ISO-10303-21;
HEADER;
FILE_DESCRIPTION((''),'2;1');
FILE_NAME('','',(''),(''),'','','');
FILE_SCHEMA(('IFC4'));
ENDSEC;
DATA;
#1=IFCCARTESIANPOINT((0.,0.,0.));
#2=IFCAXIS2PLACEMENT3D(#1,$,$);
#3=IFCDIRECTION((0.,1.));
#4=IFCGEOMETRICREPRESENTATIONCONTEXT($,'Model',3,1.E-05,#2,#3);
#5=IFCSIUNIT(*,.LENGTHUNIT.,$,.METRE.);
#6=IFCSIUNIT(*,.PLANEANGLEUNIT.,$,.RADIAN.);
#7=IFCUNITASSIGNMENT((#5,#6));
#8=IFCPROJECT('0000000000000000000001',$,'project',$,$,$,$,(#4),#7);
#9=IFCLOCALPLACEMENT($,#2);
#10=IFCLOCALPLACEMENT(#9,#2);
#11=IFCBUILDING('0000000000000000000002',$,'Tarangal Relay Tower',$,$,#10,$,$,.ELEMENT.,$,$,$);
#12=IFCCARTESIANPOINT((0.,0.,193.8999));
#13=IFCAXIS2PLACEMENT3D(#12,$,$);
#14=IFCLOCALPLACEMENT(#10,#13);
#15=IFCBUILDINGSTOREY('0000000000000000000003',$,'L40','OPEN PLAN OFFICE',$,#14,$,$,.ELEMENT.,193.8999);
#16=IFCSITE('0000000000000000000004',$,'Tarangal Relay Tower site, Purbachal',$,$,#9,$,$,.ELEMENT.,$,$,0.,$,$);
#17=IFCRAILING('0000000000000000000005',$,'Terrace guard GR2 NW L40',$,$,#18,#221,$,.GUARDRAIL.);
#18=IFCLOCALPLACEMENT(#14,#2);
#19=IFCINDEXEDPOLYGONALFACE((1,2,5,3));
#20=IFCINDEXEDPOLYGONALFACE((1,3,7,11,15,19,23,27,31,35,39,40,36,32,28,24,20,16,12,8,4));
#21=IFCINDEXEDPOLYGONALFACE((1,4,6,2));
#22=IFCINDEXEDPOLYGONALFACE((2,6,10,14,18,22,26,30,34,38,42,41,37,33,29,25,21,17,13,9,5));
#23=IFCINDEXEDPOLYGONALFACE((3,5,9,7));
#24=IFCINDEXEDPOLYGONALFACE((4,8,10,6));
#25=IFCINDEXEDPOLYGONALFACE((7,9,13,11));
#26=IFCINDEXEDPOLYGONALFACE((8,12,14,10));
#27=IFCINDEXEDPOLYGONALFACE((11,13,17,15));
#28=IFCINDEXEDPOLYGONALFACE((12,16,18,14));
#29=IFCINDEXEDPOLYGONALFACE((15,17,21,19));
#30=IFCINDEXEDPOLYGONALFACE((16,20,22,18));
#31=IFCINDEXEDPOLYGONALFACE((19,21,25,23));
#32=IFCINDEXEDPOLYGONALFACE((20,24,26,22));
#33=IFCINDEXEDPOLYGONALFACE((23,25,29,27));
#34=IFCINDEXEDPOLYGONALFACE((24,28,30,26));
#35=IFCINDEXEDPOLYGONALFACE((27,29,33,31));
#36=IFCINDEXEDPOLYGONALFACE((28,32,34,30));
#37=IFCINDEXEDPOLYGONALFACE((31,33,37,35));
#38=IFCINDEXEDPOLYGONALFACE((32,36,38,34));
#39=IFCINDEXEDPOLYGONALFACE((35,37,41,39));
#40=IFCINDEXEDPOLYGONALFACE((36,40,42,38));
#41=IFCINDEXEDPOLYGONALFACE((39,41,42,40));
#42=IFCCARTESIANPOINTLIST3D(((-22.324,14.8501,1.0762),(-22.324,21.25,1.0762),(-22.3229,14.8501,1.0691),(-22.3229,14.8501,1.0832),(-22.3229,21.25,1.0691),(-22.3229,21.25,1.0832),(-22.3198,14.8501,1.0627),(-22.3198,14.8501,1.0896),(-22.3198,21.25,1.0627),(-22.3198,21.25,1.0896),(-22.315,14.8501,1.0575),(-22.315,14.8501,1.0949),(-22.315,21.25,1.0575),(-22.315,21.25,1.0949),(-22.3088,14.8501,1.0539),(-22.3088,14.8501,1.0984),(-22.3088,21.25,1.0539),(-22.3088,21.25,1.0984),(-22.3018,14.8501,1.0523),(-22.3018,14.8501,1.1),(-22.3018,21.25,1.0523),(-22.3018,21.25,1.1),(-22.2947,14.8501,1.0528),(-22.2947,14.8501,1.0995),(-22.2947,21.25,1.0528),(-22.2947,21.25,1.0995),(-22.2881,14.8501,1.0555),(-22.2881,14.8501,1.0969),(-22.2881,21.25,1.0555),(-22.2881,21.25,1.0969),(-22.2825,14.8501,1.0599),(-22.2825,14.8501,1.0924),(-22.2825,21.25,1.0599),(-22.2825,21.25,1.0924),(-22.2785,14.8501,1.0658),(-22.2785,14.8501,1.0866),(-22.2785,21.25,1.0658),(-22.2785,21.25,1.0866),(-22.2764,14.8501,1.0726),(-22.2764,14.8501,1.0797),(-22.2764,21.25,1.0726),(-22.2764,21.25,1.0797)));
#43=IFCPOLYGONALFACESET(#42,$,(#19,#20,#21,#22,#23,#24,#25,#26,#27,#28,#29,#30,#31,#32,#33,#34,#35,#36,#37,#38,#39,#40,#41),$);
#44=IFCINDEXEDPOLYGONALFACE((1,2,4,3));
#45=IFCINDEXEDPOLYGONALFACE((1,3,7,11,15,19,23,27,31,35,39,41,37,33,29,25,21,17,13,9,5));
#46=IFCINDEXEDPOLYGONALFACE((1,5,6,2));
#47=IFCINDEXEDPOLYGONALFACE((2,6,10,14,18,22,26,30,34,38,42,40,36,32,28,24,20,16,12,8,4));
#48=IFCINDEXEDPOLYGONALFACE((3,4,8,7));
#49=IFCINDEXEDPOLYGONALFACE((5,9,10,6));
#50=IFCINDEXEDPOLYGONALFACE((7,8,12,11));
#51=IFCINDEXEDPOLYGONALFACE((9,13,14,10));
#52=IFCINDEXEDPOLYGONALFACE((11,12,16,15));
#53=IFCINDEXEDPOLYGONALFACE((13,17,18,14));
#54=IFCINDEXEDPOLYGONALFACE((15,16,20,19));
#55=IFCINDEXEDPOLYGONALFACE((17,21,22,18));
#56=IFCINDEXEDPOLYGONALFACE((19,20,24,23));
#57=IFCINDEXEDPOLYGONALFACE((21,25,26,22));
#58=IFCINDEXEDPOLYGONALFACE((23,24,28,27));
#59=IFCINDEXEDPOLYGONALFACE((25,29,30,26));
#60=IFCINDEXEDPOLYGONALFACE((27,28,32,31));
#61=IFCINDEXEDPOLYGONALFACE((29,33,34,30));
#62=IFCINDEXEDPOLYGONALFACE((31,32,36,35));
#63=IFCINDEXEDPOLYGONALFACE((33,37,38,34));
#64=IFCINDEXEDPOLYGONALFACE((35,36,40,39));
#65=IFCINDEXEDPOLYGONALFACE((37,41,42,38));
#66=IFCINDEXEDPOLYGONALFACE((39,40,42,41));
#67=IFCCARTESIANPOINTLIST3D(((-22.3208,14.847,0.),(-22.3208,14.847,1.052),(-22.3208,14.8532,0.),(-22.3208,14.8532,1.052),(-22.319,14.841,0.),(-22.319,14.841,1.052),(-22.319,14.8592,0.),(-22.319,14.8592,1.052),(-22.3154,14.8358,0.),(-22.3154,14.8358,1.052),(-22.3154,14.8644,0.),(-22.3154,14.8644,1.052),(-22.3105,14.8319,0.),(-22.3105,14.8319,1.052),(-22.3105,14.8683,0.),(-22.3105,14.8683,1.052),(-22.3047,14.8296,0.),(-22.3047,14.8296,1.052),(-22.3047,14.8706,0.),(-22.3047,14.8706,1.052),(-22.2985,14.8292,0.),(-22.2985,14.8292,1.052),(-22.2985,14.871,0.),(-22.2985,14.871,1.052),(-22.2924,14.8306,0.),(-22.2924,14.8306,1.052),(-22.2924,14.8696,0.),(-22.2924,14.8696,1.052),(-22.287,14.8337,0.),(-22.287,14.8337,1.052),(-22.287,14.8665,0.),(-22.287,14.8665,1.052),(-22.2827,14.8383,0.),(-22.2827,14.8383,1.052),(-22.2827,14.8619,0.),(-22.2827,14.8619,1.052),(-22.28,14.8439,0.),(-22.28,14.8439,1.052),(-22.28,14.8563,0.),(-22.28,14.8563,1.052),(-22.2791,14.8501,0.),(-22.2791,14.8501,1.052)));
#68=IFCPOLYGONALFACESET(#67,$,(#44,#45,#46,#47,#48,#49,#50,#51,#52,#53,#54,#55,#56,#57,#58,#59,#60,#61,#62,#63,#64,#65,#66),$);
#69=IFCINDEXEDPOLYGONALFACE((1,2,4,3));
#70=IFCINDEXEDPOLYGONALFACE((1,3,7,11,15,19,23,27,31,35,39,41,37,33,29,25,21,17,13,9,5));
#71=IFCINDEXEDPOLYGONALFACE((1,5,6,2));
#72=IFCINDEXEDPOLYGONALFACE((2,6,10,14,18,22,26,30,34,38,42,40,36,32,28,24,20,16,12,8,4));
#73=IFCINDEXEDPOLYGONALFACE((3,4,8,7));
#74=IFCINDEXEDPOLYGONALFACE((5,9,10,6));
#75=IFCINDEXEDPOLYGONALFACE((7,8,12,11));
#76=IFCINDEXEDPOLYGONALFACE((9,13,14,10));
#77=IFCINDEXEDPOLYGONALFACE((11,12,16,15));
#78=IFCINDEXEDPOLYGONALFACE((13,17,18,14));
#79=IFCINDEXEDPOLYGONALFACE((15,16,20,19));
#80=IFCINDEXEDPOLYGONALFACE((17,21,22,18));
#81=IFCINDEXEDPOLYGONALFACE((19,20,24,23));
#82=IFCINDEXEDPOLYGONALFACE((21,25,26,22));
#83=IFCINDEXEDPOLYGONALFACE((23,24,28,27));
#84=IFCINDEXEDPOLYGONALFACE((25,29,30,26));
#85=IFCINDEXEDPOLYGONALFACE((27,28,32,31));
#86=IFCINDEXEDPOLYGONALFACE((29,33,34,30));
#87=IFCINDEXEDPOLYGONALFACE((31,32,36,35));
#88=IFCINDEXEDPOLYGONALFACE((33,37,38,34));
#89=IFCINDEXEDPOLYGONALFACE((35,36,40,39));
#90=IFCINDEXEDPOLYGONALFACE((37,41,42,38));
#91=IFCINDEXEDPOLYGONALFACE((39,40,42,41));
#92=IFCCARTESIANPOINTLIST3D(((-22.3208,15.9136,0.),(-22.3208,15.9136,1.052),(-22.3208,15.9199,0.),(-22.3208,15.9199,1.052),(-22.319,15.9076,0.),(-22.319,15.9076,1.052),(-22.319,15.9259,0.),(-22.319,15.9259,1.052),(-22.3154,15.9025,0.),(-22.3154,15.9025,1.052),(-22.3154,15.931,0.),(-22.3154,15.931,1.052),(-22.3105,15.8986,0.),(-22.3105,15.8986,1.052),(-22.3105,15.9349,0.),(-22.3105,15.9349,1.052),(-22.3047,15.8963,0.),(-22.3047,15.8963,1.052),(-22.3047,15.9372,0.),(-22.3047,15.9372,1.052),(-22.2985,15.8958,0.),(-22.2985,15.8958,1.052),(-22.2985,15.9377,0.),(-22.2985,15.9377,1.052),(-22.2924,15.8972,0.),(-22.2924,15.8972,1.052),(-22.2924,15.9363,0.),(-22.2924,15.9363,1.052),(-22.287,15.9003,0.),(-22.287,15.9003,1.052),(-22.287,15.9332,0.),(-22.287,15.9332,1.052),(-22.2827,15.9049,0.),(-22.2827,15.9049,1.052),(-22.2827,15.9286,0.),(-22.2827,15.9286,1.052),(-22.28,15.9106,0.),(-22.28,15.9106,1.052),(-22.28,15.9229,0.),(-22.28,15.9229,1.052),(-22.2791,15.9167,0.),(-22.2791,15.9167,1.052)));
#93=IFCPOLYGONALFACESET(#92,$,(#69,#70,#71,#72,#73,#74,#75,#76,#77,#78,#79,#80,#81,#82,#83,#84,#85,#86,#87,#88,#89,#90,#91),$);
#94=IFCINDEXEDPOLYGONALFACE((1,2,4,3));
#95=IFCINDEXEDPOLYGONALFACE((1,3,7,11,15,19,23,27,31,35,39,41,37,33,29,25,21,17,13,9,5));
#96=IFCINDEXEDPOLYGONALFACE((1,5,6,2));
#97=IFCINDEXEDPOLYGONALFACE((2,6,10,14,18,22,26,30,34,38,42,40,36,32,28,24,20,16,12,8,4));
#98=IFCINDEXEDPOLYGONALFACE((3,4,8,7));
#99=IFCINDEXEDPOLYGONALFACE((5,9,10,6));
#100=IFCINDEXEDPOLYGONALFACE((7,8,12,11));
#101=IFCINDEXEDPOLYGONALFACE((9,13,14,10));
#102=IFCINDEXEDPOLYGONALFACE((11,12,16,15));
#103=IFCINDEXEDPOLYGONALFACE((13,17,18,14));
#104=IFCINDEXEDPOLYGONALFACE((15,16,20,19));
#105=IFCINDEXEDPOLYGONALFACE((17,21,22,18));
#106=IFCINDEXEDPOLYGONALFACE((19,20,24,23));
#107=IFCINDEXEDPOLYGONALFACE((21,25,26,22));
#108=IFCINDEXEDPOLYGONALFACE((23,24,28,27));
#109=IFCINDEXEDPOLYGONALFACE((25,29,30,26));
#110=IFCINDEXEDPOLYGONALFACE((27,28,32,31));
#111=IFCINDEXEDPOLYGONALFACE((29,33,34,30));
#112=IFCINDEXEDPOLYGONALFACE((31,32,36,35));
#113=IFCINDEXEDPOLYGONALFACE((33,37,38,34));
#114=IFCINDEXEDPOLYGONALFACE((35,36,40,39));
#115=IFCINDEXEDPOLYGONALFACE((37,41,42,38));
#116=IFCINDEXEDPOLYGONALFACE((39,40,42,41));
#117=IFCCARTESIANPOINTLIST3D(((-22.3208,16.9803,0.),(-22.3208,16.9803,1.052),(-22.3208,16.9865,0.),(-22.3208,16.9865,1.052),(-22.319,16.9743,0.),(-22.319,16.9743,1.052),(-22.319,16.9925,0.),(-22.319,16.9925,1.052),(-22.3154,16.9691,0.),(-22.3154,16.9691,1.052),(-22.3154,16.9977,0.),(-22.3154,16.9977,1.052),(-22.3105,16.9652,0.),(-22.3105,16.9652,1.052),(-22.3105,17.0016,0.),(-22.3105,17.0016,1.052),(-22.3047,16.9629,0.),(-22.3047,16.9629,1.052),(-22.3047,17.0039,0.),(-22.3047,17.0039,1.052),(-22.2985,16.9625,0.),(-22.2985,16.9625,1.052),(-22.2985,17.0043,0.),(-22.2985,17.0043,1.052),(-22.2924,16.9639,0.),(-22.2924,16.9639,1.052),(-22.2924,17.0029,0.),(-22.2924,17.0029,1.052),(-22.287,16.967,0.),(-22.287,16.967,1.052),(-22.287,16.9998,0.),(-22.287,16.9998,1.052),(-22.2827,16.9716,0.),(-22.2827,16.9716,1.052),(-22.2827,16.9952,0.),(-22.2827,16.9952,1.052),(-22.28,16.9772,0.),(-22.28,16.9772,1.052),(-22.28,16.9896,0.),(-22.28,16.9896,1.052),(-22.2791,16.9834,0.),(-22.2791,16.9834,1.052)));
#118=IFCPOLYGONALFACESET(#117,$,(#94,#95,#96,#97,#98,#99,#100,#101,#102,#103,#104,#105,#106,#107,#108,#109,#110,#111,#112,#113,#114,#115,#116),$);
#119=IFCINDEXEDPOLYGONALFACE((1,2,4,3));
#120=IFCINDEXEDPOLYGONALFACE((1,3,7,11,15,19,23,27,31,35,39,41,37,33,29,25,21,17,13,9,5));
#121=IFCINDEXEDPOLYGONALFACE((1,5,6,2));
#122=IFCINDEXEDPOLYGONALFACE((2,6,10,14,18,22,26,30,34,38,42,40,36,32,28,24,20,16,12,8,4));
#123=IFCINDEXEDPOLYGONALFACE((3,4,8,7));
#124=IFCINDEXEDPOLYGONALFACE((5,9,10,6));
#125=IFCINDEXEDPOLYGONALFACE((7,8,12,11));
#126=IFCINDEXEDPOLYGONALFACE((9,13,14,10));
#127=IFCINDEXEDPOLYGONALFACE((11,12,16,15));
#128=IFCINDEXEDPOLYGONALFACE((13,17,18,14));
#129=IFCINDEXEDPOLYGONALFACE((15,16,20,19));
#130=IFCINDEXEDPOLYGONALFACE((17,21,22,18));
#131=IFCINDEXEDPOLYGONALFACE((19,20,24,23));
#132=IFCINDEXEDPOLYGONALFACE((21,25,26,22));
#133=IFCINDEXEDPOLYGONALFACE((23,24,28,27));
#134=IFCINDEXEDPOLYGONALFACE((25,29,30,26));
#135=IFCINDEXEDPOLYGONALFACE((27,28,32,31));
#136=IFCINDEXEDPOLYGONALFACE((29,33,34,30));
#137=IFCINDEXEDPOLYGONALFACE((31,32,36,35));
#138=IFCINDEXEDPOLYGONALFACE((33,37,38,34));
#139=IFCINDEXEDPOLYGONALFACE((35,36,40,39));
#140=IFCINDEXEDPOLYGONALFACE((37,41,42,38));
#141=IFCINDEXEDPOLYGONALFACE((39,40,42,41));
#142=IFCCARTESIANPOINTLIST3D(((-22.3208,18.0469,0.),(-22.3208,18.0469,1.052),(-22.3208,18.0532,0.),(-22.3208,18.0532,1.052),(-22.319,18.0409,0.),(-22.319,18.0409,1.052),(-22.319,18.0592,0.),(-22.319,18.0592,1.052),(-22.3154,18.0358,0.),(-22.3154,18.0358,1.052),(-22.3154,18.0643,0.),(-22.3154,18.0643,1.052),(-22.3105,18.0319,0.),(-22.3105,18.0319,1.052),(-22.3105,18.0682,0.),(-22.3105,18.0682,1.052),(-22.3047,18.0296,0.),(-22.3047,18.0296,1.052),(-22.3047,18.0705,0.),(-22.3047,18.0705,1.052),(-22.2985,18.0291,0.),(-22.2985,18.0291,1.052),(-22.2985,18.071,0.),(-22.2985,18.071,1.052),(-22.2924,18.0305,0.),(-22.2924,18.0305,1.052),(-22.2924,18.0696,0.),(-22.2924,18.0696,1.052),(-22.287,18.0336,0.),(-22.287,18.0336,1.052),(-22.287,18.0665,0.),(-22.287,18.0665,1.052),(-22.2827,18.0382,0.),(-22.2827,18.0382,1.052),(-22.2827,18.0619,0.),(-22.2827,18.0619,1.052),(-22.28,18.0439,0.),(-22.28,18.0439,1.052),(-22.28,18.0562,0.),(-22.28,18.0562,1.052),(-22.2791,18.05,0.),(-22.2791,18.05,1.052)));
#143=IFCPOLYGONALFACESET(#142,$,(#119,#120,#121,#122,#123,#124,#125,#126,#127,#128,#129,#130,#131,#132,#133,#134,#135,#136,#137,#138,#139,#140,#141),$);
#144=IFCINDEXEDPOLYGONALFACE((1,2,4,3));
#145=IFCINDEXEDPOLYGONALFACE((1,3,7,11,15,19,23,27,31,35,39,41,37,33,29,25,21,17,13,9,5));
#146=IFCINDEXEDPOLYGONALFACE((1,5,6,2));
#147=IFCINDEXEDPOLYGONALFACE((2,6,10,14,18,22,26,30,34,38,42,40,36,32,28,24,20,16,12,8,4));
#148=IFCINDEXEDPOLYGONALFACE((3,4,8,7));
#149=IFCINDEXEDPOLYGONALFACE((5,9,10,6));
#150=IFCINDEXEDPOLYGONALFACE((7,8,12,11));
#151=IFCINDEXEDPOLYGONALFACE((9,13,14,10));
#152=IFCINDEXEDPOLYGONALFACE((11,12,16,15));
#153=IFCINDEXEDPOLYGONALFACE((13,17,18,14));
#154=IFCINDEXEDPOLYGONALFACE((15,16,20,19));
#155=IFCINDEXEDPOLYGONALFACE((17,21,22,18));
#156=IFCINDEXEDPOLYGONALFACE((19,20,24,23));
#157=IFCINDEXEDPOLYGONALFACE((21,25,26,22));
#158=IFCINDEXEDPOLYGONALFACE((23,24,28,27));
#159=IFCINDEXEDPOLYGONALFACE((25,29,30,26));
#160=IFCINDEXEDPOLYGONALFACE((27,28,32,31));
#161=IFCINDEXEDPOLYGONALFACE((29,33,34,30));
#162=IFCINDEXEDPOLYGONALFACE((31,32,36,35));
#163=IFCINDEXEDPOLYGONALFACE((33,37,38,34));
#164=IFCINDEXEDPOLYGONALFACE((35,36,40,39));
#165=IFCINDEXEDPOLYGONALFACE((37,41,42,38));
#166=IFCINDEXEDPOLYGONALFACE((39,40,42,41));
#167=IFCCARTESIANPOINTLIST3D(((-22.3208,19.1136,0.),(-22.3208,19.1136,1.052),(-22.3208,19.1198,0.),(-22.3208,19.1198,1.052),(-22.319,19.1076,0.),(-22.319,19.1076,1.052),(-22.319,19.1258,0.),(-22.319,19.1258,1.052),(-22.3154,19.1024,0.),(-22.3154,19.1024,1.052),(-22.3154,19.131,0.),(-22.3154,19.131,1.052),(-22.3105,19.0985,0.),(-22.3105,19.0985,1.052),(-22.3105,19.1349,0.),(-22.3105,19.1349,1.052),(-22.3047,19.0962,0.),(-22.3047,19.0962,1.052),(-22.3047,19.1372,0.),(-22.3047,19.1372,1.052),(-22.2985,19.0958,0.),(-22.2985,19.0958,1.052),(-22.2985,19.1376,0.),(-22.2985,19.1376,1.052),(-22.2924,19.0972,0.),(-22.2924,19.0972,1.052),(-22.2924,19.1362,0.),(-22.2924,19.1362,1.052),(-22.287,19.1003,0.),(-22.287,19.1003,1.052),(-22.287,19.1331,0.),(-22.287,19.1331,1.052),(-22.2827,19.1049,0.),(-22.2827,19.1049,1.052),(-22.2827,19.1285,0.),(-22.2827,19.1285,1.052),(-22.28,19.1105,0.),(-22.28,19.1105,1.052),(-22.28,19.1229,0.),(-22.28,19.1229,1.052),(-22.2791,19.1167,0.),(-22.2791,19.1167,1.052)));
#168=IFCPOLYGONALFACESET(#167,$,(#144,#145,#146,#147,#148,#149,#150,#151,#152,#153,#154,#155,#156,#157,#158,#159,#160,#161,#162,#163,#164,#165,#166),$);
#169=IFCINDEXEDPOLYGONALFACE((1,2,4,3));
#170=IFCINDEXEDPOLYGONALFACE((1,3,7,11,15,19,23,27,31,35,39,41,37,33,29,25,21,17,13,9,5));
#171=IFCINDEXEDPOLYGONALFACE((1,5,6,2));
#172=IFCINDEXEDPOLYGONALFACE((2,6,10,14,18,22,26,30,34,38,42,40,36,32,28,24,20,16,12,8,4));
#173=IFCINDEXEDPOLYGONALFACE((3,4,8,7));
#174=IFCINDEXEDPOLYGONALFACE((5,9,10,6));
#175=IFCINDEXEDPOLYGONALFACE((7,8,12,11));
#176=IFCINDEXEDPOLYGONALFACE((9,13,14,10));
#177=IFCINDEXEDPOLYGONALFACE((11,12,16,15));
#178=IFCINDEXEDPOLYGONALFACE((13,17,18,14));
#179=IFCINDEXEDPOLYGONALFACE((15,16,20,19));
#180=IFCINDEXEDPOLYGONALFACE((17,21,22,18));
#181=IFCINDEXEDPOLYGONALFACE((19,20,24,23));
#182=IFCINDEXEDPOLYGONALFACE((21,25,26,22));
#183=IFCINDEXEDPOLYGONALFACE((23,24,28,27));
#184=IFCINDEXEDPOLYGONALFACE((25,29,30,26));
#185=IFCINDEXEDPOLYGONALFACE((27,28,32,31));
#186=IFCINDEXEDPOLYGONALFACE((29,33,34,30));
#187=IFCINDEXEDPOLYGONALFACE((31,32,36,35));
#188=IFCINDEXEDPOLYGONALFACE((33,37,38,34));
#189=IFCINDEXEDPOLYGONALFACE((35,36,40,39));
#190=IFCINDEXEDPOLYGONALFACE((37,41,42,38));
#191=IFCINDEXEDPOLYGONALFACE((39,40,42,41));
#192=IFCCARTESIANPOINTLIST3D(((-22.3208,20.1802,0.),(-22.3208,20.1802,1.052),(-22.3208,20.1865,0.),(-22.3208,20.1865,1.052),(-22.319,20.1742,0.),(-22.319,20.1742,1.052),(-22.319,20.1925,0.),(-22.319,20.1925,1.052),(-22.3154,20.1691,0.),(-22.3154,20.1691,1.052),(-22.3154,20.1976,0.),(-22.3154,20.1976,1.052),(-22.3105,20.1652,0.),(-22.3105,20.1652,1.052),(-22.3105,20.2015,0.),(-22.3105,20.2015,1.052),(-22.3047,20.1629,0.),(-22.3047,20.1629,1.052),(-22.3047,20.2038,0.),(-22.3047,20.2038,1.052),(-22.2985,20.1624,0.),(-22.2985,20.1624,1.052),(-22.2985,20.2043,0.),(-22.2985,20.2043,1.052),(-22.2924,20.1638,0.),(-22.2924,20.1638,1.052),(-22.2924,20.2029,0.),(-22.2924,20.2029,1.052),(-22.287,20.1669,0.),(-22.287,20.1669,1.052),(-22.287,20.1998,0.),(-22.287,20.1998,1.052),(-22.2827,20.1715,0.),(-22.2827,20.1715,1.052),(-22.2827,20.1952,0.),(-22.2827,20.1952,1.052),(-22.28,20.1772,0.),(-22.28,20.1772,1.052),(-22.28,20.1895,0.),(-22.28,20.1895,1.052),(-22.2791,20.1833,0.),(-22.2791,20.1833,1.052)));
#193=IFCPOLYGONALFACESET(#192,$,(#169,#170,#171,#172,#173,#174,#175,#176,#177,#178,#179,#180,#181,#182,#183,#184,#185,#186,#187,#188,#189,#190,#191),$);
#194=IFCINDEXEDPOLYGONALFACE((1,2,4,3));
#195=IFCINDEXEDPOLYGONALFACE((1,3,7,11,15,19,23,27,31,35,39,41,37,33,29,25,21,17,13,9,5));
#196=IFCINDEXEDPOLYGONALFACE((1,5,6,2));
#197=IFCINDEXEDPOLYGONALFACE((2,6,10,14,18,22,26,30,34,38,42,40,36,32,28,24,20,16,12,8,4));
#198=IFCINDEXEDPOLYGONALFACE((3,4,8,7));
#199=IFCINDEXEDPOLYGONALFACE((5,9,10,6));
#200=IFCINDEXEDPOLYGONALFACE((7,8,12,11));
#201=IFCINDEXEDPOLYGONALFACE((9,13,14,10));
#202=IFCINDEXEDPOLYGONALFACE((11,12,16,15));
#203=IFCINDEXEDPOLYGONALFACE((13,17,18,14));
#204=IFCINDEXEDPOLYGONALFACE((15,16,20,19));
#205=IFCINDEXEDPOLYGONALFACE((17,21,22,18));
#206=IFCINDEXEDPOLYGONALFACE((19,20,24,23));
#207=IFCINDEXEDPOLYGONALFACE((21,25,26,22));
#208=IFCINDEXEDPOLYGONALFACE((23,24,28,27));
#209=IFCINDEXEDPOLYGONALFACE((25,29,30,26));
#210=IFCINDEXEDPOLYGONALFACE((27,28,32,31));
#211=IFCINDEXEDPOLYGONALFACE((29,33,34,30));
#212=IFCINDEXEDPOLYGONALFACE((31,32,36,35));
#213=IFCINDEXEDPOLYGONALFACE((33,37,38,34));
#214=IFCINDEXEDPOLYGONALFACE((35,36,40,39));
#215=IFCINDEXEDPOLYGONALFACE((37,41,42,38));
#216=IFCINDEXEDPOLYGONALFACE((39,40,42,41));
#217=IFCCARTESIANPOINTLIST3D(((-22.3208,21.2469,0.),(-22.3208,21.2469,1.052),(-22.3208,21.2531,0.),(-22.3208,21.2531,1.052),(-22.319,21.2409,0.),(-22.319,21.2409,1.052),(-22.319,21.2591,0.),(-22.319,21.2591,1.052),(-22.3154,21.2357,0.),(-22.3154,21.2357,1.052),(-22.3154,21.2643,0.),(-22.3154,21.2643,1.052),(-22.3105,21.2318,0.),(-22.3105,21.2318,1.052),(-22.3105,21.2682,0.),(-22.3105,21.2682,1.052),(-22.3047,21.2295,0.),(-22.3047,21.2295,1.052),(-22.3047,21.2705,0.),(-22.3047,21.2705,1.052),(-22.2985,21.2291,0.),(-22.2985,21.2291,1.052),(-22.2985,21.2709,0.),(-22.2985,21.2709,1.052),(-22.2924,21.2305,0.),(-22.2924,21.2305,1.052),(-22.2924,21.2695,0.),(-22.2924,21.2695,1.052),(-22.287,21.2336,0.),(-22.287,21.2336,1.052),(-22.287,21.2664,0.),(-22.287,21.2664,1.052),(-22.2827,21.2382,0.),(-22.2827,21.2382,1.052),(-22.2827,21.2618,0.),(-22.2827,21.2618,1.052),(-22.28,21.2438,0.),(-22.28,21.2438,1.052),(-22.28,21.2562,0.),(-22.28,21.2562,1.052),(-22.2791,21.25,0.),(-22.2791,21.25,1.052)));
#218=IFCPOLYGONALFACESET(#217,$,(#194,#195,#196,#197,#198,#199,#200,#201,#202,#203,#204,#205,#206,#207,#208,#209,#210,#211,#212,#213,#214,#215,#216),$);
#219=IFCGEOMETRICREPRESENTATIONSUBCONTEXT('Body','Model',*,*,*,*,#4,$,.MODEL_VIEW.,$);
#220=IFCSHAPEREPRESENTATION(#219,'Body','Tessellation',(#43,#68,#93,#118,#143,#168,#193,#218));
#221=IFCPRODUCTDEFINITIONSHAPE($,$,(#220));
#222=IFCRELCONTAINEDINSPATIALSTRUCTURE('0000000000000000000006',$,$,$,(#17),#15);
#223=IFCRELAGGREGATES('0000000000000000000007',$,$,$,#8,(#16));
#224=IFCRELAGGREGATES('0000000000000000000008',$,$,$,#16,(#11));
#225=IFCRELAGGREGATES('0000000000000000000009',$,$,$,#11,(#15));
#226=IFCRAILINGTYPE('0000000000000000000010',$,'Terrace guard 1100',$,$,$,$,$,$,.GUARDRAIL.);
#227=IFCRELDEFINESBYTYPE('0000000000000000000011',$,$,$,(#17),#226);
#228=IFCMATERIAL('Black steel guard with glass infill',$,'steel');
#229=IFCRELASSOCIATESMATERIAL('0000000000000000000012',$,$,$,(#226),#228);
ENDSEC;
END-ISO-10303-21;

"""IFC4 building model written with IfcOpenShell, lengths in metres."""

from ifc_helpers import new_model, si_unit, direction, frame, origin, origin_2d, place, context, subcontext, project, spatial, circle, extrude, material, type_object, element, save


model = new_model("IFC4")

# Units and contexts
model_context = context("Model", 3, precision=1e-05, world=origin(), true_north=direction((0.0, 1.0)))
body_context = subcontext(model_context, "Body", "Model", "MODEL_VIEW")
ifc_project = project(units=[si_unit("LENGTHUNIT", "METRE"), si_unit("PLANEANGLEUNIT", "RADIAN")], contexts=[model_context])

# Site, building, storey
site_placement = place(None, origin())
site = spatial("IfcSite", under=ifc_project, at=site_placement, Name="Tarangal Relay Tower site, Purbachal", CompositionType="ELEMENT", RefElevation=0.0)
building_placement = place(site_placement, origin())
building = spatial("IfcBuilding", under=site, at=building_placement, Name="Tarangal Relay Tower", CompositionType="ELEMENT")
storey_placement = place(building_placement, frame((0.0, 0.0, 193.8999)))
storey = spatial("IfcBuildingStorey", under=building, at=storey_placement, Name="L40", Description="OPEN PLAN OFFICE", CompositionType="ELEMENT", Elevation=193.8999)

# Railing
ifc_material_1 = material(Name="Black steel guard with glass infill", Category="steel")
railing_type = type_object("IfcRailingType", Name="Terrace guard 1100", PredefinedType="GUARDRAIL", material=ifc_material_1)
railing_1_placement = place(storey_placement, frame((-22.3, 14.8501, 0.0)))
element("IfcRailing", 1, at=railing_1_placement, inside=storey, type_object=railing_type, Name="Terrace guard GR2 NW L40", PredefinedType="GUARDRAIL", context=body_context, shape_type="SweptSolid", body=[
    extrude(circle(Radius=0.0239, at=origin_2d()), frame((0.0, 0.0, 1.0762), z_axis=(0.0, 1.0, 0.0), x_axis=(-1.0, 0.0, 0.0)), (0.0, 0.0, 1.0), 6.3999),
    extrude(circle(Radius=0.021, at=origin_2d()), origin(), (0.0, 0.0, 1.0), 1.052),
    extrude(circle(Radius=0.021, at=origin_2d()), frame((0.0, 1.0667, 0.0)), (0.0, 0.0, 1.0), 1.052),
    extrude(circle(Radius=0.021, at=origin_2d()), frame((0.0, 2.1333, 0.0)), (0.0, 0.0, 1.0), 1.052),
    extrude(circle(Radius=0.021, at=origin_2d()), frame((0.0, 3.2, 0.0)), (0.0, 0.0, 1.0), 1.052),
    extrude(circle(Radius=0.021, at=origin_2d()), frame((0.0, 4.2666, 0.0)), (0.0, 0.0, 1.0), 1.052),
    extrude(circle(Radius=0.021, at=origin_2d()), frame((0.0, 5.3333, 0.0)), (0.0, 0.0, 1.0), 1.052),
    extrude(circle(Radius=0.021, at=origin_2d()), frame((0.0, 6.3999, 0.0)), (0.0, 0.0, 1.0), 1.052),
])

save(model, "model.ifc")
